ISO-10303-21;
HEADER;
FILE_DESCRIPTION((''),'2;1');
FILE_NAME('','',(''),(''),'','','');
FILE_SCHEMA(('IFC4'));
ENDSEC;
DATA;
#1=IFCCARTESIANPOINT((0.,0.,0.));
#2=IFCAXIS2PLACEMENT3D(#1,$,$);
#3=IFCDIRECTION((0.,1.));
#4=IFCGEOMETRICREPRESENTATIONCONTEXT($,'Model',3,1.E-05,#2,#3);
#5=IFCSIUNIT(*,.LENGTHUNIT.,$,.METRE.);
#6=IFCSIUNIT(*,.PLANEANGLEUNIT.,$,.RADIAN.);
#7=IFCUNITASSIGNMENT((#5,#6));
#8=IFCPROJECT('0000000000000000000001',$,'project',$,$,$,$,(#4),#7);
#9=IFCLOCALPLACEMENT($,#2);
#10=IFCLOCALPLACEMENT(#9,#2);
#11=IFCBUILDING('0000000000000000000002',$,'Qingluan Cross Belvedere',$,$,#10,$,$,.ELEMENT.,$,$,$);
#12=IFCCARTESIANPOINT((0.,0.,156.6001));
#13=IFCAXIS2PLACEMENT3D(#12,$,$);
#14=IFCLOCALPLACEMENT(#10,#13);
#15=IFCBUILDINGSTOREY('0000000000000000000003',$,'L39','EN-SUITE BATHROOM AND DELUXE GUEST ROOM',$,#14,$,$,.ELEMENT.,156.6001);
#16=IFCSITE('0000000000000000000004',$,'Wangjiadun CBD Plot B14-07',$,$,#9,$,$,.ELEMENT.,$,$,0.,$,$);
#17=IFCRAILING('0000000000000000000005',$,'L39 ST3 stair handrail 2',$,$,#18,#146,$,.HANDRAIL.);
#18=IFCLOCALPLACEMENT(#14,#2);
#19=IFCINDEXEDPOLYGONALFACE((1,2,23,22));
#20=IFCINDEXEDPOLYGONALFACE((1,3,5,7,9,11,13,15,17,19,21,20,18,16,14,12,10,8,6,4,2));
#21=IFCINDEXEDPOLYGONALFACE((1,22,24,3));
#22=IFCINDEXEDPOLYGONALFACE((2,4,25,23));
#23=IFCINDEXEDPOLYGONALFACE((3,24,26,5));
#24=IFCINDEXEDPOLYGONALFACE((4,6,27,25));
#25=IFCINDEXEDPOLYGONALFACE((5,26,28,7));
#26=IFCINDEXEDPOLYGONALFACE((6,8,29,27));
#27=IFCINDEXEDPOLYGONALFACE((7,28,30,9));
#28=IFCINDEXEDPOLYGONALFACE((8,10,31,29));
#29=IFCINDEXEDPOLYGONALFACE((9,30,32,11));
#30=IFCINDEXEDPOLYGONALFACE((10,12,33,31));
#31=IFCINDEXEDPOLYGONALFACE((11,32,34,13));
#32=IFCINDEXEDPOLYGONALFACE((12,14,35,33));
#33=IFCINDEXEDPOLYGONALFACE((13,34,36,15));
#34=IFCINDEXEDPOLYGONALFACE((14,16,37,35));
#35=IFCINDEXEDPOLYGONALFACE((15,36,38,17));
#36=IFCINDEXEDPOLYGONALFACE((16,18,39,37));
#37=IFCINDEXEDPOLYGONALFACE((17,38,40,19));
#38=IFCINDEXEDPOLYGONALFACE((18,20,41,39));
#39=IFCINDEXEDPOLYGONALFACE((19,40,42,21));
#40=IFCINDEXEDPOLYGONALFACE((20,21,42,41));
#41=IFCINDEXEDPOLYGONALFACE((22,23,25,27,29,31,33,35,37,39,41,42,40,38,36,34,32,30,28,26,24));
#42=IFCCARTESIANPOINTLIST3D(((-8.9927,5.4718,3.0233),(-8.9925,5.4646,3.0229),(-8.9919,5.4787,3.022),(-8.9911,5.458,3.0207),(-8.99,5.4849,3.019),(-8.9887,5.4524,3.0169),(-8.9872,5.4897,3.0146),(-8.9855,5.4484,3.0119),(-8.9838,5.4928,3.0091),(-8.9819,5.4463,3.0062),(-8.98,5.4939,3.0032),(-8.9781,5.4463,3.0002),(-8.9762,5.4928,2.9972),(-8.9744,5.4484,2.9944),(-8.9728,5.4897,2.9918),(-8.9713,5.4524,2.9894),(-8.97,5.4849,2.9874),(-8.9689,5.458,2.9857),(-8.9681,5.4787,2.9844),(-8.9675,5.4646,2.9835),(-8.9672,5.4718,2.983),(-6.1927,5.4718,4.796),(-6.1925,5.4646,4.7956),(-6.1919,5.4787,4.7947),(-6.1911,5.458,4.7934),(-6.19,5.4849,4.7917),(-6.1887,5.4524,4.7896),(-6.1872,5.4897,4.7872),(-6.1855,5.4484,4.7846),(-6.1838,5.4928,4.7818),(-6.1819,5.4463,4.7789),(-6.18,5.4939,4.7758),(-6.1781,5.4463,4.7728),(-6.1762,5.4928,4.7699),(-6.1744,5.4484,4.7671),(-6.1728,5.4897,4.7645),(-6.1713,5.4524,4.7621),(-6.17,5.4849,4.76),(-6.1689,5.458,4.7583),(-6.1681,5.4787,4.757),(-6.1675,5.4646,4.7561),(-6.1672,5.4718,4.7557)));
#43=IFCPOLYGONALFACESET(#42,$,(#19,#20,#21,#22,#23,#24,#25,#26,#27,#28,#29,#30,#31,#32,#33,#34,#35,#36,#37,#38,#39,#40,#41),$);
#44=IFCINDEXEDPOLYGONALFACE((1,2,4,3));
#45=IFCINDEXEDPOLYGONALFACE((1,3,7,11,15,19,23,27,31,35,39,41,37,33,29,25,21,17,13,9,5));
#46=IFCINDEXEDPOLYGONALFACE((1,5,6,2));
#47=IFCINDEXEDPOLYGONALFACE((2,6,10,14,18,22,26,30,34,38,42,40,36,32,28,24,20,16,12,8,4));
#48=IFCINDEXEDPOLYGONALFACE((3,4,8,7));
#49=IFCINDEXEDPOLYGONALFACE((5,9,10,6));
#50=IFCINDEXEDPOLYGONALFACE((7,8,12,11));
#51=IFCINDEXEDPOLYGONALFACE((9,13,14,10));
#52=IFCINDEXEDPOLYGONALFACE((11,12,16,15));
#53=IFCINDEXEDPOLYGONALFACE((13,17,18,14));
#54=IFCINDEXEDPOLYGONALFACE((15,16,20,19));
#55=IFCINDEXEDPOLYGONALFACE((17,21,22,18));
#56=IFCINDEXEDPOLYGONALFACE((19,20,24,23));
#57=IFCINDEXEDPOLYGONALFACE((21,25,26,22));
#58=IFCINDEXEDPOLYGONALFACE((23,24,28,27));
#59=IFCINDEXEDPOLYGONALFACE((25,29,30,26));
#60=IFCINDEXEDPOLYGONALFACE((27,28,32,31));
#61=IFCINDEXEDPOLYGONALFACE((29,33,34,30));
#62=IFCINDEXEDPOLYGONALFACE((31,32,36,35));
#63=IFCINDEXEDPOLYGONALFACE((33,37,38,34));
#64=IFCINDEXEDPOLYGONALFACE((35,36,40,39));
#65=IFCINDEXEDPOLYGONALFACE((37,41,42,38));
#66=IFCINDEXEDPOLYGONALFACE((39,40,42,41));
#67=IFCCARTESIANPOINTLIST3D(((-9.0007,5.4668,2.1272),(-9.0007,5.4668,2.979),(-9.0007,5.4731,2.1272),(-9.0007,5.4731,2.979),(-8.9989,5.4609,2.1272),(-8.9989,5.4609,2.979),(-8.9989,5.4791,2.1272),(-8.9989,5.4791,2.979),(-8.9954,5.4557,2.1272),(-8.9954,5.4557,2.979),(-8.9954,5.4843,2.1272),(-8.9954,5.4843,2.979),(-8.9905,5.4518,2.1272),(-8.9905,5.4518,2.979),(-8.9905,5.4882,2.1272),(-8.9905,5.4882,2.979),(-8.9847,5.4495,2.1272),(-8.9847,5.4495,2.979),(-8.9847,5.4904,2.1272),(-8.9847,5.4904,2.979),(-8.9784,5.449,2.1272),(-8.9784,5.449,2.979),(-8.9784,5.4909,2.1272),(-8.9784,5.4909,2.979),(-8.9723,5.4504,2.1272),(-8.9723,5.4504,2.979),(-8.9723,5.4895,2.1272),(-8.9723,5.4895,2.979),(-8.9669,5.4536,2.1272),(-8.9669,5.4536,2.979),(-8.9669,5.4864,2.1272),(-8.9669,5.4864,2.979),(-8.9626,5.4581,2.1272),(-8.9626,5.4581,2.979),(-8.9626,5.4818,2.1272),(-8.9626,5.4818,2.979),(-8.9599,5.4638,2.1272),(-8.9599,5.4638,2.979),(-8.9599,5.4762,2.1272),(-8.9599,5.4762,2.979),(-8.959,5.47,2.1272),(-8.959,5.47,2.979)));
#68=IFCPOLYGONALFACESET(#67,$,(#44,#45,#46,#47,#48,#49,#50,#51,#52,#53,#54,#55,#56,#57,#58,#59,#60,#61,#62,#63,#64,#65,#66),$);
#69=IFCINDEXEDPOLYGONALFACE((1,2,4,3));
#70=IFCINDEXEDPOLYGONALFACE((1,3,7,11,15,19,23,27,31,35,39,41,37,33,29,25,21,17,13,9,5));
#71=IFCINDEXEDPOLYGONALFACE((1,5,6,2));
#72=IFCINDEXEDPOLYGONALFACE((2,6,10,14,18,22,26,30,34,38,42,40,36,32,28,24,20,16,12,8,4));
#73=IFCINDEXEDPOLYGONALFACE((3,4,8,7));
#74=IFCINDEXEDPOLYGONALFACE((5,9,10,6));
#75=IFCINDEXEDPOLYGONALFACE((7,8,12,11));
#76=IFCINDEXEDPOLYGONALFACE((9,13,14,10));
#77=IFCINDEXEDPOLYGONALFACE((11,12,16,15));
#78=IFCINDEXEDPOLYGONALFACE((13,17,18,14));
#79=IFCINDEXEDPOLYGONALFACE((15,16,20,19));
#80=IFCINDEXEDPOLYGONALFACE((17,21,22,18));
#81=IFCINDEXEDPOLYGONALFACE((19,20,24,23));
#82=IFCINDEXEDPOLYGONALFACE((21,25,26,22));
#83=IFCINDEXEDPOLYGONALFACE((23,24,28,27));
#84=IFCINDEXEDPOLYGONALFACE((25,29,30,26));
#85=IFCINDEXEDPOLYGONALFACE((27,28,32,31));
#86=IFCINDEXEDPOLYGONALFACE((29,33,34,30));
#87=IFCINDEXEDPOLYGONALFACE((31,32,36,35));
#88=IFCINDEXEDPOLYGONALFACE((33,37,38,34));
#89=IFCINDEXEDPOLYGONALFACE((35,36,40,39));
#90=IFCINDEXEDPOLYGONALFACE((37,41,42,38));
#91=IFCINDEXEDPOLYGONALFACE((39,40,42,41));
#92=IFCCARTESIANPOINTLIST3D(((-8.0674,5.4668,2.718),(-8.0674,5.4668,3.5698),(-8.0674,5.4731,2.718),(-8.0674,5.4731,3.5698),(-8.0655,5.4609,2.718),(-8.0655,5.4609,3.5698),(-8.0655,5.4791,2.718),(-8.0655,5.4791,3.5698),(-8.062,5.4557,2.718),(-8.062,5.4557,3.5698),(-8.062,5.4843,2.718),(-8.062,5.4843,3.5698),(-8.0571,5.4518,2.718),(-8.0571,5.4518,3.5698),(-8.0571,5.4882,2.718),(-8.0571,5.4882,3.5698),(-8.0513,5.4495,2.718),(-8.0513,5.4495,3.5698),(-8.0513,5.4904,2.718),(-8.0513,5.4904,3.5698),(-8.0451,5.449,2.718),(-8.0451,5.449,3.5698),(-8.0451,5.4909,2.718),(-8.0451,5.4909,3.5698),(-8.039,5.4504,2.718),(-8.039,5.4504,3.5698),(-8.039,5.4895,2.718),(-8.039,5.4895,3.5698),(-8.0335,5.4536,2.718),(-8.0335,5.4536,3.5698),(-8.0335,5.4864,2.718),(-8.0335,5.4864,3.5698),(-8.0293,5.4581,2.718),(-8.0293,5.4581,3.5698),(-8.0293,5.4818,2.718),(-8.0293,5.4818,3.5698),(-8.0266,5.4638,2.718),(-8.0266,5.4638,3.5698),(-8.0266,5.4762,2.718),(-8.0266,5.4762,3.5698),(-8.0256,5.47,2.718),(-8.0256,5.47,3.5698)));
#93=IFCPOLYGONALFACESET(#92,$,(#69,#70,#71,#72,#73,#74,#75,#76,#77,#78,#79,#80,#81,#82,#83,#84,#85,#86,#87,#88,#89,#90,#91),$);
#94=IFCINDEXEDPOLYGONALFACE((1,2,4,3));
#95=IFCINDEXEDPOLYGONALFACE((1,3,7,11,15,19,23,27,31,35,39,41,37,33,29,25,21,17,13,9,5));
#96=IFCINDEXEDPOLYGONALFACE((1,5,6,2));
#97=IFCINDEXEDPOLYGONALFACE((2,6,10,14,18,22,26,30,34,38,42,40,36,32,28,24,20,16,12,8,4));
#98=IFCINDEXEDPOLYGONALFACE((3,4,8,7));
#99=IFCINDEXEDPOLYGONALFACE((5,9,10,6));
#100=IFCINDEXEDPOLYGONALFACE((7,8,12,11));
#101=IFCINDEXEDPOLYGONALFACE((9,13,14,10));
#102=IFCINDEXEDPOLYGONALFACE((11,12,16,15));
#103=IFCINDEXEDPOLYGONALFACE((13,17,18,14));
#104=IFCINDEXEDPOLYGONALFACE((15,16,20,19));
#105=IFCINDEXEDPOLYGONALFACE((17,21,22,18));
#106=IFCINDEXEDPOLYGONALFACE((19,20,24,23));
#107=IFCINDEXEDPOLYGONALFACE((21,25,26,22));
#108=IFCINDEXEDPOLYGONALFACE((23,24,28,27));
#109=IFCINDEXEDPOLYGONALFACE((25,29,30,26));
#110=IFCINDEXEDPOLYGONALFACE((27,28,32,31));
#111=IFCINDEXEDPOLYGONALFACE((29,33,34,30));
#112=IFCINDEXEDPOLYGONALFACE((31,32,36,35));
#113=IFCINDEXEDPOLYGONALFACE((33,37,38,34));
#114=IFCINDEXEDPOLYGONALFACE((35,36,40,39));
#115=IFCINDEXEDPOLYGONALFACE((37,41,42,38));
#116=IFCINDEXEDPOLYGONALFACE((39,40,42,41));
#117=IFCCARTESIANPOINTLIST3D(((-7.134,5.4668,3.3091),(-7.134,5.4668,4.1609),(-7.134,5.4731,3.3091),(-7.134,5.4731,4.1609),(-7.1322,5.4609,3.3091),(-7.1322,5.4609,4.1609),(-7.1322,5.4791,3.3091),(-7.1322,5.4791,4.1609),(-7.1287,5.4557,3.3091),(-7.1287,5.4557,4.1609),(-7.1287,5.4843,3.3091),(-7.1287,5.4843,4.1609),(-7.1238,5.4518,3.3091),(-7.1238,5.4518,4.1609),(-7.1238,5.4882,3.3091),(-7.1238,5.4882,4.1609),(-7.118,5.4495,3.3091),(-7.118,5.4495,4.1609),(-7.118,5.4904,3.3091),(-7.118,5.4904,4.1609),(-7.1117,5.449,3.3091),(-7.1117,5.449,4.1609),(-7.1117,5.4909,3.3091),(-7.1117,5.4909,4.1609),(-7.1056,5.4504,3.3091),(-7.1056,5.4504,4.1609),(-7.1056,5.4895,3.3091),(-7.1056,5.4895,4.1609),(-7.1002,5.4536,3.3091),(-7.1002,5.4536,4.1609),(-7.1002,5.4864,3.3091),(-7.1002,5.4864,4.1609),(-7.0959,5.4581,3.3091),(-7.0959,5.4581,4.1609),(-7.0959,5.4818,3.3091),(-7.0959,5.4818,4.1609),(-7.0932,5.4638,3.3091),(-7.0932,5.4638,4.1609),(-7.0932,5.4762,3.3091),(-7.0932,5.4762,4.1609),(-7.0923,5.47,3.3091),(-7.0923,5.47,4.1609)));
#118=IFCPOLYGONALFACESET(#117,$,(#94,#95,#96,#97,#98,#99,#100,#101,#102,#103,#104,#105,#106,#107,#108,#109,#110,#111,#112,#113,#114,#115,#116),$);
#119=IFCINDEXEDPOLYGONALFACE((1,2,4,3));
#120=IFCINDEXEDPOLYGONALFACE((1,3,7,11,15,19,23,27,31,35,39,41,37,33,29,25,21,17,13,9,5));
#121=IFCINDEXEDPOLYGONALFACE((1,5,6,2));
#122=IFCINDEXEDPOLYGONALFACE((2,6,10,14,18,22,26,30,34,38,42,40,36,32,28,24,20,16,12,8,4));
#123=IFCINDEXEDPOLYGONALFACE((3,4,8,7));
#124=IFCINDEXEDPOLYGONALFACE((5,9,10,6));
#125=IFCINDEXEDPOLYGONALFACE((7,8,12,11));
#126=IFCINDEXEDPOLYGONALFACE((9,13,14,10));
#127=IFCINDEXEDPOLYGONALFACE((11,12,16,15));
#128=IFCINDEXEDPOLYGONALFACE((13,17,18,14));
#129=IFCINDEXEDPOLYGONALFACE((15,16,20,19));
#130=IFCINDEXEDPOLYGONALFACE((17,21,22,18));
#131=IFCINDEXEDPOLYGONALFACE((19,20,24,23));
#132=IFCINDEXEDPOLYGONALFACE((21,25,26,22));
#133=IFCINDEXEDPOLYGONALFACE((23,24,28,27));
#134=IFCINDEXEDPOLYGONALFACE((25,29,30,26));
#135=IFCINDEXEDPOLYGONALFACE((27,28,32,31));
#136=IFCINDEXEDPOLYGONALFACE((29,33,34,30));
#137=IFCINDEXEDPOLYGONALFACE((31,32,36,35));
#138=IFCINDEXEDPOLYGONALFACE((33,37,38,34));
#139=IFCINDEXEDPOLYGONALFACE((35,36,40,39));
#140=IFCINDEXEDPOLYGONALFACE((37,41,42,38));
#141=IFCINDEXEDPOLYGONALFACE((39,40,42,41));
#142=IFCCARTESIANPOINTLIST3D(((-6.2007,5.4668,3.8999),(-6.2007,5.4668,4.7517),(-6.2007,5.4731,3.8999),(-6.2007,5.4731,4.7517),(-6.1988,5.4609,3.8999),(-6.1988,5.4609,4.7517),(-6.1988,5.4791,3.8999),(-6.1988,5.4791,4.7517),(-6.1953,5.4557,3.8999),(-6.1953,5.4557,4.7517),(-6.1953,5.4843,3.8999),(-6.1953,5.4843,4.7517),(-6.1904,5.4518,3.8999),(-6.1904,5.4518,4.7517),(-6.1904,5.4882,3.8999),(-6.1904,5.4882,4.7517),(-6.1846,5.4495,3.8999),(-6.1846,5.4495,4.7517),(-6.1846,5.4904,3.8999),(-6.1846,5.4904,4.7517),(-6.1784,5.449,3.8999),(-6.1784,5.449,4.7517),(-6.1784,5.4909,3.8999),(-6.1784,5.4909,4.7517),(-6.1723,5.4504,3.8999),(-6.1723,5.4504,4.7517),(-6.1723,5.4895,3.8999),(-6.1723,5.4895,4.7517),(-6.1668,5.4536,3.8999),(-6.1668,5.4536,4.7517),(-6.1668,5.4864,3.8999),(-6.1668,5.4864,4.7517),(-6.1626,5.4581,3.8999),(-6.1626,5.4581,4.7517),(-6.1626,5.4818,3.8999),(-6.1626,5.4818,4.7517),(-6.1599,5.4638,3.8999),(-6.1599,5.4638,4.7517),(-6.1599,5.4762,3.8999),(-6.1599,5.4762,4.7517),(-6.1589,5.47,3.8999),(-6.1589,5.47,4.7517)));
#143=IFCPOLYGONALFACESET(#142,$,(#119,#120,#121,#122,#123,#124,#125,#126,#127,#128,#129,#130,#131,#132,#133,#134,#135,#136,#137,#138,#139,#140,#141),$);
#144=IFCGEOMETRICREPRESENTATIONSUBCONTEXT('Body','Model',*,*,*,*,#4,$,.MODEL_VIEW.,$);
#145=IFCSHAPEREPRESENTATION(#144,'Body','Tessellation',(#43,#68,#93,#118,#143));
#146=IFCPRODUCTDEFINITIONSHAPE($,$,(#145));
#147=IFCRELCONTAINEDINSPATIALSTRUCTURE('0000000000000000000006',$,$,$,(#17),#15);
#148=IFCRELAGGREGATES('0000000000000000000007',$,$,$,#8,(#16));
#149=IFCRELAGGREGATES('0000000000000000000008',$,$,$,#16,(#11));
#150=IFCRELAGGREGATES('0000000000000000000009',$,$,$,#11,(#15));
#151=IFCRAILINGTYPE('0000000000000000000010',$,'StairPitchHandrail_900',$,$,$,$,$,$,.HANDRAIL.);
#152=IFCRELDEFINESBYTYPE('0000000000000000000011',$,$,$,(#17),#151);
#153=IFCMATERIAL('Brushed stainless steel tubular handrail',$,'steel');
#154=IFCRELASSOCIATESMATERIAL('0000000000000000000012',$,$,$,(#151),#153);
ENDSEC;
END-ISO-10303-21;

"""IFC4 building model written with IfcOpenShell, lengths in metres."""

from ifc_helpers import new_model, si_unit, direction, frame, origin, origin_2d, place, context, subcontext, project, spatial, circle, extrude, material, type_object, element, save


model = new_model("IFC4")

# Units and contexts
model_context = context("Model", 3, precision=1e-05, world=origin(), true_north=direction((0.0, 1.0)))
body_context = subcontext(model_context, "Body", "Model", "MODEL_VIEW")
ifc_project = project(units=[si_unit("LENGTHUNIT", "METRE"), si_unit("PLANEANGLEUNIT", "RADIAN")], contexts=[model_context])

# Site, building, storey
site_placement = place(None, origin())
site = spatial("IfcSite", under=ifc_project, at=site_placement, Name="Wangjiadun CBD Plot B14-07", CompositionType="ELEMENT", RefElevation=0.0)
building_placement = place(site_placement, origin())
building = spatial("IfcBuilding", under=site, at=building_placement, Name="Qingluan Cross Belvedere", CompositionType="ELEMENT")
storey_placement = place(building_placement, frame((0.0, 0.0, 156.6001)))
storey = spatial("IfcBuildingStorey", under=building, at=storey_placement, Name="L39", Description="EN-SUITE BATHROOM AND DELUXE GUEST ROOM", CompositionType="ELEMENT", Elevation=156.6001)

# Railing
ifc_material_1 = material(Name="Brushed stainless steel tubular handrail", Category="steel")
railing_type_1 = type_object("IfcRailingType", Name="StairPitchHandrail_900", PredefinedType="HANDRAIL", material=ifc_material_1)
railing_1_placement = place(storey_placement, frame((-8.98, 5.47, 2.1272)))
element("IfcRailing", 1, at=railing_1_placement, inside=storey, type_object=railing_type_1, Name="L39 ST3 stair handrail 2", PredefinedType="HANDRAIL", context=body_context, shape_type="SweptSolid", body=[
    extrude(circle(Radius=0.0239, at=origin_2d()), frame((0.0, 0.0, 0.876), z_axis=(0.844909, 0.0, 0.53491), x_axis=(0.0, 1.0, 0.0)), (0.0, 0.0, 1.0), 3.314),
    extrude(circle(Radius=0.021, at=origin_2d()), origin(), (0.0, 0.0, 1.0), 0.8518),
    extrude(circle(Radius=0.021, at=origin_2d()), frame((0.9333, 0.0, 0.5908)), (0.0, 0.0, 1.0), 0.8518),
    extrude(circle(Radius=0.021, at=origin_2d()), frame((1.8667, 0.0, 1.1819)), (0.0, 0.0, 1.0), 0.8518),
    extrude(circle(Radius=0.021, at=origin_2d()), frame((2.8, 0.0, 1.7727)), (0.0, 0.0, 1.0), 0.8518),
])

save(model, "model.ifc")
